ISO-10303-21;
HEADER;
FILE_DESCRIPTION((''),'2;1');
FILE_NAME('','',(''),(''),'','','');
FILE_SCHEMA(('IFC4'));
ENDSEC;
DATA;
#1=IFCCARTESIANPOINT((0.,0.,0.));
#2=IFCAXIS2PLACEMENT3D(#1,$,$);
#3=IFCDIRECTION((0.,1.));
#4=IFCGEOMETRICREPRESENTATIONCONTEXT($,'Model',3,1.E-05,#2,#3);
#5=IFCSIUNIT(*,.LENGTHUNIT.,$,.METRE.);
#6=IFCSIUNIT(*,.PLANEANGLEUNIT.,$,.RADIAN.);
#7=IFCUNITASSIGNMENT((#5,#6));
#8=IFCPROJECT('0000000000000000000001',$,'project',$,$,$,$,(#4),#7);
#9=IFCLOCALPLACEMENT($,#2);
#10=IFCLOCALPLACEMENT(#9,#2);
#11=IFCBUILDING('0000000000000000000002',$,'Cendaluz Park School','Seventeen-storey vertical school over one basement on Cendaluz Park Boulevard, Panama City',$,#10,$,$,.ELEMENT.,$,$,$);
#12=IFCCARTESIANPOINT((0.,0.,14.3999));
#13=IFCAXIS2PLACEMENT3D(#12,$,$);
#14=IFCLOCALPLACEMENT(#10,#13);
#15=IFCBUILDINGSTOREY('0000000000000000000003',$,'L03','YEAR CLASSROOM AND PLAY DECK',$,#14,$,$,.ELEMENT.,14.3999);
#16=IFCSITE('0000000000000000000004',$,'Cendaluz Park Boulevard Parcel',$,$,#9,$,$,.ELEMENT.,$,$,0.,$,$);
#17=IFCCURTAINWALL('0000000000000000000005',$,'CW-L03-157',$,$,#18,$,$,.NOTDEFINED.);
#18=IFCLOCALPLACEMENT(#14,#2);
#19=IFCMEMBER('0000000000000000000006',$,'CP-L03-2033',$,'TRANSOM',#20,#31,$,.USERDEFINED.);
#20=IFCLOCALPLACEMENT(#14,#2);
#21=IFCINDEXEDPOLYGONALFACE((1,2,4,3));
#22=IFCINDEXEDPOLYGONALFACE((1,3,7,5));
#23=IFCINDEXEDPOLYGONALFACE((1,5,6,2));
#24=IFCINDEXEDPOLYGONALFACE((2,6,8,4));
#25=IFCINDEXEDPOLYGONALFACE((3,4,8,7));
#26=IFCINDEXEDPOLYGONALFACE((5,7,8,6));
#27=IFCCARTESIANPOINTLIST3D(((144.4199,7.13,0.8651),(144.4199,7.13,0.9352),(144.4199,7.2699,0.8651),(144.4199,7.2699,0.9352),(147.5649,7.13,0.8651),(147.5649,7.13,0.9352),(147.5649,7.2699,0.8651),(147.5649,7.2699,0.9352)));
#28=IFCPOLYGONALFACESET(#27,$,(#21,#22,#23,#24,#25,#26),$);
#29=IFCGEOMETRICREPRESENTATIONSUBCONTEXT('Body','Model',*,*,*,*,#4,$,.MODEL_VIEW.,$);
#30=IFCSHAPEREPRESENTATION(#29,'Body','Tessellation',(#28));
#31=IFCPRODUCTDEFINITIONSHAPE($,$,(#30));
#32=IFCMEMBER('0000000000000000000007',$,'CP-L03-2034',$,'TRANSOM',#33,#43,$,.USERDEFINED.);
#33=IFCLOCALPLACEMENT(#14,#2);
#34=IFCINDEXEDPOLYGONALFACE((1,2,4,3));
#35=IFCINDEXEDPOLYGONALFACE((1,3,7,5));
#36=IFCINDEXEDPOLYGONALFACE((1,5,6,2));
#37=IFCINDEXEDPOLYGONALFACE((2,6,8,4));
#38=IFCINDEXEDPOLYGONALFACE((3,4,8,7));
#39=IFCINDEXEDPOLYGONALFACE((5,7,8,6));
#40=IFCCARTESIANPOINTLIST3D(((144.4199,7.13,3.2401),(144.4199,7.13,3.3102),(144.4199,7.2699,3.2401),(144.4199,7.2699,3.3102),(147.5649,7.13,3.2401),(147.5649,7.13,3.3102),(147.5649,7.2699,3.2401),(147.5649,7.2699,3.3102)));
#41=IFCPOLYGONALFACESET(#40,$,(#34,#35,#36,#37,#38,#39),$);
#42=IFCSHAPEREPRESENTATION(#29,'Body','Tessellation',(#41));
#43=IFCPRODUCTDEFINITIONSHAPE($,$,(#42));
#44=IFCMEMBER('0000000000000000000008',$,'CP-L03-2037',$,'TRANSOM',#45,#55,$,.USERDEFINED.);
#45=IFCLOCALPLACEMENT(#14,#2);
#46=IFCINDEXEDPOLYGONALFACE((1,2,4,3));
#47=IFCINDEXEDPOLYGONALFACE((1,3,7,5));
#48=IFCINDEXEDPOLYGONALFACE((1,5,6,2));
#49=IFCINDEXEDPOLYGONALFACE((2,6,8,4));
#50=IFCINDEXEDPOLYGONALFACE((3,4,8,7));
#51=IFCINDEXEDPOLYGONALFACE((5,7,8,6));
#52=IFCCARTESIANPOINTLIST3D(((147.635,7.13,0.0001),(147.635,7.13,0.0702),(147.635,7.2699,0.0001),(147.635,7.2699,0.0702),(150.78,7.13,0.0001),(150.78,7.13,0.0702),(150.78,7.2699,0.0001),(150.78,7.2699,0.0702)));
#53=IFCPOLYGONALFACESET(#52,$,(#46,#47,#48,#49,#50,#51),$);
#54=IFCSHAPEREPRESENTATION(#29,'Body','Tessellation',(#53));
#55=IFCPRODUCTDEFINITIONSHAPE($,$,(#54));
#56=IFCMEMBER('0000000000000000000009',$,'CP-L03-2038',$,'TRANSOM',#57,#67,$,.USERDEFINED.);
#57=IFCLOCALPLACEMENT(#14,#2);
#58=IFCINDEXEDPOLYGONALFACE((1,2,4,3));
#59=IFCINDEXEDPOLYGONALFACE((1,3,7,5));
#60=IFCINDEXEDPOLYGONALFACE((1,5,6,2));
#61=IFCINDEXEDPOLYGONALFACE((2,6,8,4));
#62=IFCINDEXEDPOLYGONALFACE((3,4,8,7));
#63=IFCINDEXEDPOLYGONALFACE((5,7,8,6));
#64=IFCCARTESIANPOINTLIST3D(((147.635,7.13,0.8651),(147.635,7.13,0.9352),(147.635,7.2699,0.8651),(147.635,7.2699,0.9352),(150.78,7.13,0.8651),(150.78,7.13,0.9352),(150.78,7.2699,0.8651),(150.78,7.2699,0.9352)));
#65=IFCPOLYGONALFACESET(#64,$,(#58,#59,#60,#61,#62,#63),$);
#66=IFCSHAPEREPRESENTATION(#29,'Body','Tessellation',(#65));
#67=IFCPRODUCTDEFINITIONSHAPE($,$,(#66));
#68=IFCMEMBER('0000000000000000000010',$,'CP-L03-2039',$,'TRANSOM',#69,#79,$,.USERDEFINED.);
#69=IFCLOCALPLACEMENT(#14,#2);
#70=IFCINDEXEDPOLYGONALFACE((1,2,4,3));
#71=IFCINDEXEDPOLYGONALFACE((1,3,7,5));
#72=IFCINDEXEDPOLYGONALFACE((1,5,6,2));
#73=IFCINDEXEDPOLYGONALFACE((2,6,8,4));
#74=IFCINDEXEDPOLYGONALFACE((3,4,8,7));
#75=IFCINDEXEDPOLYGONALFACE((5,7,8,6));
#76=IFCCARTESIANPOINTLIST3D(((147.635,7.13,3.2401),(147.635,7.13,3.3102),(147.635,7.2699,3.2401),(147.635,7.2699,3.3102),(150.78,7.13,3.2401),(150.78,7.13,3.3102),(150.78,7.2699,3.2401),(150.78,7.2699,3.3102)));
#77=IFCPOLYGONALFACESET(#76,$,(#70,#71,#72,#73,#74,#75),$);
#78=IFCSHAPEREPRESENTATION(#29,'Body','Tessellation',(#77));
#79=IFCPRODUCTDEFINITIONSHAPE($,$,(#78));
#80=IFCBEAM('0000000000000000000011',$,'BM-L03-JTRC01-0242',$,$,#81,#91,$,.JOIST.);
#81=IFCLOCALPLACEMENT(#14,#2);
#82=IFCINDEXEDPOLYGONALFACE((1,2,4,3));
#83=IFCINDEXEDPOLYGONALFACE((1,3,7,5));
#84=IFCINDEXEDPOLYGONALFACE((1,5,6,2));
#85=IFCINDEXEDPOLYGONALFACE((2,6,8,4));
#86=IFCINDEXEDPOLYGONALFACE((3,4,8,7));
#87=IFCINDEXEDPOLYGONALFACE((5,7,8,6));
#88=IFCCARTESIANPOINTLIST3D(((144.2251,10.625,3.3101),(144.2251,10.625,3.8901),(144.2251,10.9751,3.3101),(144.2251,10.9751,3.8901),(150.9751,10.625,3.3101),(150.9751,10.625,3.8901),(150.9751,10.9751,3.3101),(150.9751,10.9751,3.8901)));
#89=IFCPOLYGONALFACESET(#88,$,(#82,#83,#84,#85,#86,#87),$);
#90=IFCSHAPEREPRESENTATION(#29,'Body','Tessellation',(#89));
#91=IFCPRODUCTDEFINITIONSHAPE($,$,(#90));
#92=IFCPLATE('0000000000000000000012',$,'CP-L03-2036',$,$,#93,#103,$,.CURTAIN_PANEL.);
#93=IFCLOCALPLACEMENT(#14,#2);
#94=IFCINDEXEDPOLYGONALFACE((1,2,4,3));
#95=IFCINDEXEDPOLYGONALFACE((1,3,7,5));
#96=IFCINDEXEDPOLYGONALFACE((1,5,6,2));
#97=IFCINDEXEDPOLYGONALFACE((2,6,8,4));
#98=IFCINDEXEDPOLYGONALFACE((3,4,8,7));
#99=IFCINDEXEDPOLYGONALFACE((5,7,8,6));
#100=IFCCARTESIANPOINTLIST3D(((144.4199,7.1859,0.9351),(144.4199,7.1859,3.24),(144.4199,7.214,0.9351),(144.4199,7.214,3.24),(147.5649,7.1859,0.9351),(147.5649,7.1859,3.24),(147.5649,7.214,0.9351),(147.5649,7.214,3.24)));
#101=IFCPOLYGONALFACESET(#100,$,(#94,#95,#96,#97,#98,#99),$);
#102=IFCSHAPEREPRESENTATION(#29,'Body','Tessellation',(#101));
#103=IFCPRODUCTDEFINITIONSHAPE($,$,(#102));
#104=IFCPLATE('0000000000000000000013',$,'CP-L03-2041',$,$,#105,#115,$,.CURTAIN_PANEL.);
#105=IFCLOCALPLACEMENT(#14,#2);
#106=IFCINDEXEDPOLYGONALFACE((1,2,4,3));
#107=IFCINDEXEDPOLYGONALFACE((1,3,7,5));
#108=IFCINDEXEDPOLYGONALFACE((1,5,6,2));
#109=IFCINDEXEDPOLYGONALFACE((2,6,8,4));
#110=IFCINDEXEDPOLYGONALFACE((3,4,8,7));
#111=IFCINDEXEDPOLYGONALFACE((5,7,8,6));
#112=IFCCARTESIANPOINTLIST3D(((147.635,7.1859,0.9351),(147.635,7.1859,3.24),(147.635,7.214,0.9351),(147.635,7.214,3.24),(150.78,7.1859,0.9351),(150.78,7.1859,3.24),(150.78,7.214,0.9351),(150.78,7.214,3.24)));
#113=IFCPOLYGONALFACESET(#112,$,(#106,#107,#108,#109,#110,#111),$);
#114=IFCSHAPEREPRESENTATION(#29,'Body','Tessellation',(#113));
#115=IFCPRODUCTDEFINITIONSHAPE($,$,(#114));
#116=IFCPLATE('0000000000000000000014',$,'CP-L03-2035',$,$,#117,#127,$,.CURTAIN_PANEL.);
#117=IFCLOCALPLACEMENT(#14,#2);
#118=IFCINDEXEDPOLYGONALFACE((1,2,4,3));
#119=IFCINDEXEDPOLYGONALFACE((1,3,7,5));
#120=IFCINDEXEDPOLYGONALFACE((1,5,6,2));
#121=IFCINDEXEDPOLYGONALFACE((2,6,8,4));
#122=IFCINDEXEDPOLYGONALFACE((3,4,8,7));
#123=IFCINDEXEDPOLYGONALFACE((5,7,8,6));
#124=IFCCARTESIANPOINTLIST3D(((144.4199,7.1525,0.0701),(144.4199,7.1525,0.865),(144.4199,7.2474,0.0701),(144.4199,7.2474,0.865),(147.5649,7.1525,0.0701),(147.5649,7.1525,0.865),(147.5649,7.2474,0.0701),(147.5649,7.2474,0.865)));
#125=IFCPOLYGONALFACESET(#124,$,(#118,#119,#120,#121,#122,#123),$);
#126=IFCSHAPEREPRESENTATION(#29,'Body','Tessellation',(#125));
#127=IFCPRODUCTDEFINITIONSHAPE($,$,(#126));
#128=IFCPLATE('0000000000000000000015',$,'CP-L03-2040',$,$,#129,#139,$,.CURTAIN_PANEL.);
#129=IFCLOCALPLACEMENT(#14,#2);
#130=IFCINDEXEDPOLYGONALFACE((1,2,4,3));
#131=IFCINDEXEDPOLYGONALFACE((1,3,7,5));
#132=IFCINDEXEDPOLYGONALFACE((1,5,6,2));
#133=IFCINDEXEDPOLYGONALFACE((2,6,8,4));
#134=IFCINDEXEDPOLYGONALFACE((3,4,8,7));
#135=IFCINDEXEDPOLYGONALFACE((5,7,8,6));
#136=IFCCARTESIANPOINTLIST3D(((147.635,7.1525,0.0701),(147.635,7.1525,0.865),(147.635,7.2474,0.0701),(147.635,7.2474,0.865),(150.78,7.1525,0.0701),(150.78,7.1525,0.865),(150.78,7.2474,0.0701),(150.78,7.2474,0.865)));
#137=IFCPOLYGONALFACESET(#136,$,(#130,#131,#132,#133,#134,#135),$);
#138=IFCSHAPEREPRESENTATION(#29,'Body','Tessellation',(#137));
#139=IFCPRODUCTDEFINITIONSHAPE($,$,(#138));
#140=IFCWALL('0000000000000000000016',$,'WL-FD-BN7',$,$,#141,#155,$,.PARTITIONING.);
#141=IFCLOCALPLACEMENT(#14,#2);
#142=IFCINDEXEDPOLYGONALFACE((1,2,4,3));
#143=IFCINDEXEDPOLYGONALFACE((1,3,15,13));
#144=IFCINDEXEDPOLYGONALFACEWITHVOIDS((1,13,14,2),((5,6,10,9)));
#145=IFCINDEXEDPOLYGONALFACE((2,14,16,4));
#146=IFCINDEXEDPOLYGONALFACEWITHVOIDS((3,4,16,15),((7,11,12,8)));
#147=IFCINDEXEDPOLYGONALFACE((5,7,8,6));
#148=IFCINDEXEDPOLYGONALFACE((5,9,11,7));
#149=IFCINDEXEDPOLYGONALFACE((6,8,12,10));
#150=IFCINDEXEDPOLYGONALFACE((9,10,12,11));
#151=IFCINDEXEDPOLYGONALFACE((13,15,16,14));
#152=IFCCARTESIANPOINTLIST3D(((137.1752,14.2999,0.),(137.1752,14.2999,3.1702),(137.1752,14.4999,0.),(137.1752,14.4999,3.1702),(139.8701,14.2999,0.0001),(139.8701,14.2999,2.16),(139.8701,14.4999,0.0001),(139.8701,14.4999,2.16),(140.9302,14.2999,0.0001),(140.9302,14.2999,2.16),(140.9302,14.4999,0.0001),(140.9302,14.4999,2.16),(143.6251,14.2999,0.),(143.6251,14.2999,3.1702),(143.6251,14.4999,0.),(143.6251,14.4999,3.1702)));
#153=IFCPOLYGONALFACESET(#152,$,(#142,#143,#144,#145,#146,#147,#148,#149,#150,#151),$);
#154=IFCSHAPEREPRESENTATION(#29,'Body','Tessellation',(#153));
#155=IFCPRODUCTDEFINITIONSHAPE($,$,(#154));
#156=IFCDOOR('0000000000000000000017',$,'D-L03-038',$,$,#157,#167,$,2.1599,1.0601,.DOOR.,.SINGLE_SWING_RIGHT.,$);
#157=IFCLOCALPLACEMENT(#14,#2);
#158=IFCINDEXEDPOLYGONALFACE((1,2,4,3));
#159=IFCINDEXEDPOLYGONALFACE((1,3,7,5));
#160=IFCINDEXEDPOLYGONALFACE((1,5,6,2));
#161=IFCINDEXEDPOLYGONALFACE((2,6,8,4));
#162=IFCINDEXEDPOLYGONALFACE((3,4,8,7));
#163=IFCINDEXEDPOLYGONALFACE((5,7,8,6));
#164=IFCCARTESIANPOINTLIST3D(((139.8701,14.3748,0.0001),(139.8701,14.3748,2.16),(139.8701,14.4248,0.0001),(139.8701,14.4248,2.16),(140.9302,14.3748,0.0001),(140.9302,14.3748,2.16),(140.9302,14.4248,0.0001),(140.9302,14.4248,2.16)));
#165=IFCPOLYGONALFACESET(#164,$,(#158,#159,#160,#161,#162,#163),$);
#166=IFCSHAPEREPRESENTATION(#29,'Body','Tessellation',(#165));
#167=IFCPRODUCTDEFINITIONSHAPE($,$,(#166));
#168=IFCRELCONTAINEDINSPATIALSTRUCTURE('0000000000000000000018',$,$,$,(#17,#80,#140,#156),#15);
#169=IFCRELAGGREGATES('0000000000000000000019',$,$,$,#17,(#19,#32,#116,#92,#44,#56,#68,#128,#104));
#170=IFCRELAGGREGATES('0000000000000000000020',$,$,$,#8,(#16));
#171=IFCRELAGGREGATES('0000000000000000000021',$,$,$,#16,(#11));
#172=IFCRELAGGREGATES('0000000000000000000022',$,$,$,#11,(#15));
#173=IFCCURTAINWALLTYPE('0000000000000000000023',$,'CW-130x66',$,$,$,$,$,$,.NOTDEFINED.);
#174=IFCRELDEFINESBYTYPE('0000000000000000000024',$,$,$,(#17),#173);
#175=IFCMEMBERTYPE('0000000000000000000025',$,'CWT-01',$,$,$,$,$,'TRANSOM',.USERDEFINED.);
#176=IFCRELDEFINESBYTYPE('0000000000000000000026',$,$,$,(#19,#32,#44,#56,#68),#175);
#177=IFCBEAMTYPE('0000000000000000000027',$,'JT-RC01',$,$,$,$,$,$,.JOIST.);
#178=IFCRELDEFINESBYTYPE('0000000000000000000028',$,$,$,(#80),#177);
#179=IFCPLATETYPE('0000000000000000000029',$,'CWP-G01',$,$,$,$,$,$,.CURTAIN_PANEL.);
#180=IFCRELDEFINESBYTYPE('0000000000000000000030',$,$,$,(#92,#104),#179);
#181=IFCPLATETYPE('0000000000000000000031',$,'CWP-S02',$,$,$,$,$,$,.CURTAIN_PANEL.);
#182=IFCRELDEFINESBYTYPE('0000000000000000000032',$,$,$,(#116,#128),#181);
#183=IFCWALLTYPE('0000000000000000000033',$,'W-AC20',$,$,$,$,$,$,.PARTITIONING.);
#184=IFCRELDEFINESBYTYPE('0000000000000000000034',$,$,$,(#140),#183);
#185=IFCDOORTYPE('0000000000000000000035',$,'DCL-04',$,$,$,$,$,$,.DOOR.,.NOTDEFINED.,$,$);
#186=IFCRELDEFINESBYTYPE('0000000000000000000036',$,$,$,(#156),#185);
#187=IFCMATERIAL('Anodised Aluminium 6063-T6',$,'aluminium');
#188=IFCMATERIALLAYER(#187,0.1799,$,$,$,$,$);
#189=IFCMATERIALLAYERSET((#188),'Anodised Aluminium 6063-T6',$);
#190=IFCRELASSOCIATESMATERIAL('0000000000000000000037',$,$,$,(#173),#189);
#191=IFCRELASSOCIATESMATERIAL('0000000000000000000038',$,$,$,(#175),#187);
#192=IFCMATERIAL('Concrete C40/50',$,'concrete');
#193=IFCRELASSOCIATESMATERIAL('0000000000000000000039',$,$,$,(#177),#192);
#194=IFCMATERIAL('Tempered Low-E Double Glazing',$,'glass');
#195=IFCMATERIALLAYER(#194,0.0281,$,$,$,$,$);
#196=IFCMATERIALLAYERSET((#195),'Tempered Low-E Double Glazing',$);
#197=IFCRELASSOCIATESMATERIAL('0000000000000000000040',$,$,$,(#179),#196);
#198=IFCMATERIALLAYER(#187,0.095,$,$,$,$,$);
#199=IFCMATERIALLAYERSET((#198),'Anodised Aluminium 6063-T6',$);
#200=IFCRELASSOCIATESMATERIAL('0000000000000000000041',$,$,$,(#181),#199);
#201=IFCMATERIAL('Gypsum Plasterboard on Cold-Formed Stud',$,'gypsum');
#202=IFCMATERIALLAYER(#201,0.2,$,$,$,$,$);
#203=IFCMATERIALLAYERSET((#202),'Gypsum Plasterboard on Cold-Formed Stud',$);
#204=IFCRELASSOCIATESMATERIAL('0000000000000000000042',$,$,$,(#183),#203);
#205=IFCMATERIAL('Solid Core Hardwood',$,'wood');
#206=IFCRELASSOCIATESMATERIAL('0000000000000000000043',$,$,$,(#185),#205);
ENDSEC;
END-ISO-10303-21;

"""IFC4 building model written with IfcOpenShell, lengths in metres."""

from ifc_helpers import new_model, si_unit, direction, frame, frame_2d, origin, origin_2d, place, context, subcontext, project, spatial, rectangle, extrude, material, layer, layer_set, material_profile, profile_set, type_object, element, fill, aggregate, save


model = new_model("IFC4")

# Units and contexts
model_context = context("Model", 3, precision=1e-05, world=origin(), true_north=direction((0.0, 1.0)))
body_context = subcontext(model_context, "Body", "Model", "MODEL_VIEW")
ifc_project = project(units=[si_unit("LENGTHUNIT", "METRE"), si_unit("PLANEANGLEUNIT", "RADIAN")], contexts=[model_context])

# Site, building, storey
site_placement = place(None, origin())
site = spatial("IfcSite", under=ifc_project, at=site_placement, Name="Cendaluz Park Boulevard Parcel", CompositionType="ELEMENT", RefElevation=0.0)
building_placement = place(site_placement, origin())
building = spatial("IfcBuilding", under=site, at=building_placement, Name="Cendaluz Park School", Description="Seventeen-storey vertical school over one basement on Cendaluz Park Boulevard, Panama City", CompositionType="ELEMENT")
storey_placement = place(building_placement, frame((0.0, 0.0, 14.3999)))
storey = spatial("IfcBuildingStorey", under=building, at=storey_placement, Name="L03", Description="YEAR CLASSROOM AND PLAY DECK", CompositionType="ELEMENT", Elevation=14.3999)

# Shared definitions
ifc_material_1 = material(Name="Concrete C40/50", Category="concrete")

# Shared definitions
ifc_material_2 = material(Name="Anodised Aluminium 6063-T6", Category="aluminium")

# Curtain wall, members
ifc_layer_1 = layer(ifc_material_2, 0.1799)
ifc_layer_set_1 = layer_set([ifc_layer_1], Name="Anodised Aluminium 6063-T6")
curtain_wall_type_1 = type_object("IfcCurtainWallType", Name="CW-130x66", PredefinedType="NOTDEFINED", material=ifc_layer_set_1)
curtain_wall_1_placement = place(storey_placement, origin())
curtain_wall_1 = element("IfcCurtainWall", 1, at=curtain_wall_1_placement, inside=storey, type_object=curtain_wall_type_1, Name="CW-L03-157", PredefinedType="NOTDEFINED")
ifc_material_profile_1 = material_profile(ifc_material_2, rectangle(XDim=0.1399, YDim=0.0701, at=origin_2d()), Name="CWT 140x70", Category="aluminium")
ifc_profile_set_1 = profile_set([ifc_material_profile_1], Name="Anodised Aluminium 6063-T6")
member_type_1 = type_object("IfcMemberType", Name="CWT-01", ElementType="TRANSOM", PredefinedType="USERDEFINED", material=ifc_profile_set_1)
member_1_placement = place(storey_placement, frame((144.4199, 7.2, 0.9001), z_axis=(1.0, 0.0, 0.0), x_axis=(0.0, 1.0, 0.0)))
member_1 = element("IfcMember", 2, at=member_1_placement, type_object=member_type_1, Name="CP-L03-2033", ObjectType="TRANSOM", PredefinedType="USERDEFINED", context=body_context, shape_type="SweptSolid", body=[
    extrude(rectangle(XDim=0.1399, YDim=0.0701, at=origin_2d()), origin(), (0.0, 0.0, 1.0), 3.145),
])
member_2_placement = place(storey_placement, frame((144.4199, 7.2, 3.2751), z_axis=(1.0, 0.0, 0.0), x_axis=(0.0, 1.0, 0.0)))
member_2 = element("IfcMember", 3, at=member_2_placement, type_object=member_type_1, Name="CP-L03-2034", ObjectType="TRANSOM", PredefinedType="USERDEFINED", context=body_context, shape_type="SweptSolid", body=[
    extrude(rectangle(XDim=0.1399, YDim=0.0701, at=origin_2d()), origin(), (0.0, 0.0, 1.0), 3.145),
])
member_3_placement = place(storey_placement, frame((147.635, 7.2, 0.0352), z_axis=(1.0, 0.0, 0.0), x_axis=(0.0, 1.0, 0.0)))
member_3 = element("IfcMember", 4, at=member_3_placement, type_object=member_type_1, Name="CP-L03-2037", ObjectType="TRANSOM", PredefinedType="USERDEFINED", context=body_context, shape_type="SweptSolid", body=[
    extrude(rectangle(XDim=0.1399, YDim=0.0701, at=origin_2d()), origin(), (0.0, 0.0, 1.0), 3.145),
])
member_4_placement = place(storey_placement, frame((147.635, 7.2, 0.9001), z_axis=(1.0, 0.0, 0.0), x_axis=(0.0, 1.0, 0.0)))
member_4 = element("IfcMember", 5, at=member_4_placement, type_object=member_type_1, Name="CP-L03-2038", ObjectType="TRANSOM", PredefinedType="USERDEFINED", context=body_context, shape_type="SweptSolid", body=[
    extrude(rectangle(XDim=0.1399, YDim=0.0701, at=origin_2d()), origin(), (0.0, 0.0, 1.0), 3.145),
])
member_5_placement = place(storey_placement, frame((147.635, 7.2, 3.2751), z_axis=(1.0, 0.0, 0.0), x_axis=(0.0, 1.0, 0.0)))
member_5 = element("IfcMember", 6, at=member_5_placement, type_object=member_type_1, Name="CP-L03-2039", ObjectType="TRANSOM", PredefinedType="USERDEFINED", context=body_context, shape_type="SweptSolid", body=[
    extrude(rectangle(XDim=0.1399, YDim=0.0701, at=origin_2d()), origin(), (0.0, 0.0, 1.0), 3.145),
])

# Beam
ifc_material_profile_2 = material_profile(ifc_material_1, rectangle(XDim=0.3501, YDim=0.5801, at=origin_2d()), Name="RC 350x580", Category="concrete")
ifc_profile_set_2 = profile_set([ifc_material_profile_2], Name="Concrete C40/50")
beam_type_1 = type_object("IfcBeamType", Name="JT-RC01", PredefinedType="JOIST", material=ifc_profile_set_2)
beam_1_placement = place(storey_placement, frame((144.2251, 10.8, 3.6001), z_axis=(1.0, 0.0, 0.0), x_axis=(0.0, 1.0, 0.0)))
element("IfcBeam", 7, at=beam_1_placement, inside=storey, type_object=beam_type_1, Name="BM-L03-JTRC01-0242", PredefinedType="JOIST", context=body_context, shape_type="SweptSolid", body=[
    extrude(rectangle(XDim=0.3501, YDim=0.5801, at=origin_2d()), origin(), (0.0, 0.0, 1.0), 6.75),
])

# Plates
ifc_material_3 = material(Name="Tempered Low-E Double Glazing", Category="glass")
ifc_layer_2 = layer(ifc_material_3, 0.0281)
ifc_layer_set_2 = layer_set([ifc_layer_2], Name="Tempered Low-E Double Glazing")
plate_type_1 = type_object("IfcPlateType", Name="CWP-G01", PredefinedType="CURTAIN_PANEL", material=ifc_layer_set_2)
plate_1_placement = place(storey_placement, frame((145.9924, 7.2, 0.9351), z_axis=(0.0, 0.0, 1.0), x_axis=(1.0, 0.0, 0.0)))
plate_1 = element("IfcPlate", 8, at=plate_1_placement, type_object=plate_type_1, Name="CP-L03-2036", PredefinedType="CURTAIN_PANEL", context=body_context, shape_type="SweptSolid", body=[
    extrude(rectangle(XDim=3.145, YDim=0.0281, at=origin_2d()), origin(), (0.0, 0.0, 1.0), 2.3049),
])
plate_2_placement = place(storey_placement, frame((149.2075, 7.2, 0.9351), z_axis=(0.0, 0.0, 1.0), x_axis=(1.0, 0.0, 0.0)))
plate_2 = element("IfcPlate", 9, at=plate_2_placement, type_object=plate_type_1, Name="CP-L03-2041", PredefinedType="CURTAIN_PANEL", context=body_context, shape_type="SweptSolid", body=[
    extrude(rectangle(XDim=3.145, YDim=0.0281, at=origin_2d()), origin(), (0.0, 0.0, 1.0), 2.3049),
])
ifc_layer_3 = layer(ifc_material_2, 0.095)
ifc_layer_set_3 = layer_set([ifc_layer_3], Name="Anodised Aluminium 6063-T6")
plate_type_2 = type_object("IfcPlateType", Name="CWP-S02", PredefinedType="CURTAIN_PANEL", material=ifc_layer_set_3)
plate_3_placement = place(storey_placement, frame((145.9924, 7.2, 0.0701), z_axis=(0.0, 0.0, 1.0), x_axis=(1.0, 0.0, 0.0)))
plate_3 = element("IfcPlate", 10, at=plate_3_placement, type_object=plate_type_2, Name="CP-L03-2035", PredefinedType="CURTAIN_PANEL", context=body_context, shape_type="SweptSolid", body=[
    extrude(rectangle(XDim=3.145, YDim=0.095, at=origin_2d()), origin(), (0.0, 0.0, 1.0), 0.7949),
])
plate_4_placement = place(storey_placement, frame((149.2075, 7.2, 0.0701), z_axis=(0.0, 0.0, 1.0), x_axis=(1.0, 0.0, 0.0)))
plate_4 = element("IfcPlate", 11, at=plate_4_placement, type_object=plate_type_2, Name="CP-L03-2040", PredefinedType="CURTAIN_PANEL", context=body_context, shape_type="SweptSolid", body=[
    extrude(rectangle(XDim=3.145, YDim=0.095, at=origin_2d()), origin(), (0.0, 0.0, 1.0), 0.7949),
])
aggregate(curtain_wall_1, [member_1, member_2, plate_3, plate_1, member_3, member_4, member_5, plate_4, plate_2])

# Wall, opening, door
ifc_material_4 = material(Name="Gypsum Plasterboard on Cold-Formed Stud", Category="gypsum")
ifc_layer_4 = layer(ifc_material_4, 0.2)
ifc_layer_set_4 = layer_set([ifc_layer_4], Name="Gypsum Plasterboard on Cold-Formed Stud")
wall_type_1 = type_object("IfcWallType", Name="W-AC20", PredefinedType="PARTITIONING", material=ifc_layer_set_4)
wall_1_placement = place(storey_placement, frame((137.175, 14.3999, 0.0), z_axis=(0.0, 0.0, 1.0), x_axis=(1.0, 0.0, 0.0)))
wall_1 = element("IfcWall", 12, at=wall_1_placement, inside=storey, type_object=wall_type_1, Name="WL-FD-BN7", PredefinedType="PARTITIONING", context=body_context, shape_type="SweptSolid", body=[
    extrude(rectangle(XDim=6.45, YDim=0.2, at=frame_2d((3.2251, 0.0))), origin(), (0.0, 0.0, 1.0), 3.1702),
])
opening_1_placement = place(wall_1_placement, frame((2.6951, 0.0, 0.0)))
opening_1 = element("IfcOpeningElement", 13, at=opening_1_placement, cuts=wall_1, PredefinedType="OPENING", context=body_context, shape_type="SweptSolid", body=[
    extrude(rectangle(XDim=1.0601, YDim=2.1599, at=frame_2d((0.53, 1.0801))), frame((0.0, 0.1121, 0.0), z_axis=(0.0, -1.0, 0.0), x_axis=(1.0, 0.0, 0.0)), (0.0, 0.0, 1.0), 0.2239),
])
ifc_material_5 = material(Name="Solid Core Hardwood", Category="wood")
door_type_1 = type_object("IfcDoorType", Name="DCL-04", OperationType="NOTDEFINED", PredefinedType="DOOR", material=ifc_material_5)
door_1_placement = place(opening_1_placement, origin())
door_1 = element("IfcDoor", 14, at=door_1_placement, inside=storey, type_object=door_type_1, Name="D-L03-038", OperationType="SINGLE_SWING_RIGHT", OverallHeight=2.1599, OverallWidth=1.0601, PredefinedType="DOOR", context=body_context, shape_type="SweptSolid", body=[
    extrude(rectangle(XDim=1.0601, YDim=2.1599, at=frame_2d((0.53, 1.0801))), frame((0.0, 0.0249, 0.0), z_axis=(0.0, -1.0, 0.0), x_axis=(1.0, 0.0, 0.0)), (0.0, 0.0, 1.0), 0.05),
])
fill(opening_1, door_1)

save(model, "model.ifc")
